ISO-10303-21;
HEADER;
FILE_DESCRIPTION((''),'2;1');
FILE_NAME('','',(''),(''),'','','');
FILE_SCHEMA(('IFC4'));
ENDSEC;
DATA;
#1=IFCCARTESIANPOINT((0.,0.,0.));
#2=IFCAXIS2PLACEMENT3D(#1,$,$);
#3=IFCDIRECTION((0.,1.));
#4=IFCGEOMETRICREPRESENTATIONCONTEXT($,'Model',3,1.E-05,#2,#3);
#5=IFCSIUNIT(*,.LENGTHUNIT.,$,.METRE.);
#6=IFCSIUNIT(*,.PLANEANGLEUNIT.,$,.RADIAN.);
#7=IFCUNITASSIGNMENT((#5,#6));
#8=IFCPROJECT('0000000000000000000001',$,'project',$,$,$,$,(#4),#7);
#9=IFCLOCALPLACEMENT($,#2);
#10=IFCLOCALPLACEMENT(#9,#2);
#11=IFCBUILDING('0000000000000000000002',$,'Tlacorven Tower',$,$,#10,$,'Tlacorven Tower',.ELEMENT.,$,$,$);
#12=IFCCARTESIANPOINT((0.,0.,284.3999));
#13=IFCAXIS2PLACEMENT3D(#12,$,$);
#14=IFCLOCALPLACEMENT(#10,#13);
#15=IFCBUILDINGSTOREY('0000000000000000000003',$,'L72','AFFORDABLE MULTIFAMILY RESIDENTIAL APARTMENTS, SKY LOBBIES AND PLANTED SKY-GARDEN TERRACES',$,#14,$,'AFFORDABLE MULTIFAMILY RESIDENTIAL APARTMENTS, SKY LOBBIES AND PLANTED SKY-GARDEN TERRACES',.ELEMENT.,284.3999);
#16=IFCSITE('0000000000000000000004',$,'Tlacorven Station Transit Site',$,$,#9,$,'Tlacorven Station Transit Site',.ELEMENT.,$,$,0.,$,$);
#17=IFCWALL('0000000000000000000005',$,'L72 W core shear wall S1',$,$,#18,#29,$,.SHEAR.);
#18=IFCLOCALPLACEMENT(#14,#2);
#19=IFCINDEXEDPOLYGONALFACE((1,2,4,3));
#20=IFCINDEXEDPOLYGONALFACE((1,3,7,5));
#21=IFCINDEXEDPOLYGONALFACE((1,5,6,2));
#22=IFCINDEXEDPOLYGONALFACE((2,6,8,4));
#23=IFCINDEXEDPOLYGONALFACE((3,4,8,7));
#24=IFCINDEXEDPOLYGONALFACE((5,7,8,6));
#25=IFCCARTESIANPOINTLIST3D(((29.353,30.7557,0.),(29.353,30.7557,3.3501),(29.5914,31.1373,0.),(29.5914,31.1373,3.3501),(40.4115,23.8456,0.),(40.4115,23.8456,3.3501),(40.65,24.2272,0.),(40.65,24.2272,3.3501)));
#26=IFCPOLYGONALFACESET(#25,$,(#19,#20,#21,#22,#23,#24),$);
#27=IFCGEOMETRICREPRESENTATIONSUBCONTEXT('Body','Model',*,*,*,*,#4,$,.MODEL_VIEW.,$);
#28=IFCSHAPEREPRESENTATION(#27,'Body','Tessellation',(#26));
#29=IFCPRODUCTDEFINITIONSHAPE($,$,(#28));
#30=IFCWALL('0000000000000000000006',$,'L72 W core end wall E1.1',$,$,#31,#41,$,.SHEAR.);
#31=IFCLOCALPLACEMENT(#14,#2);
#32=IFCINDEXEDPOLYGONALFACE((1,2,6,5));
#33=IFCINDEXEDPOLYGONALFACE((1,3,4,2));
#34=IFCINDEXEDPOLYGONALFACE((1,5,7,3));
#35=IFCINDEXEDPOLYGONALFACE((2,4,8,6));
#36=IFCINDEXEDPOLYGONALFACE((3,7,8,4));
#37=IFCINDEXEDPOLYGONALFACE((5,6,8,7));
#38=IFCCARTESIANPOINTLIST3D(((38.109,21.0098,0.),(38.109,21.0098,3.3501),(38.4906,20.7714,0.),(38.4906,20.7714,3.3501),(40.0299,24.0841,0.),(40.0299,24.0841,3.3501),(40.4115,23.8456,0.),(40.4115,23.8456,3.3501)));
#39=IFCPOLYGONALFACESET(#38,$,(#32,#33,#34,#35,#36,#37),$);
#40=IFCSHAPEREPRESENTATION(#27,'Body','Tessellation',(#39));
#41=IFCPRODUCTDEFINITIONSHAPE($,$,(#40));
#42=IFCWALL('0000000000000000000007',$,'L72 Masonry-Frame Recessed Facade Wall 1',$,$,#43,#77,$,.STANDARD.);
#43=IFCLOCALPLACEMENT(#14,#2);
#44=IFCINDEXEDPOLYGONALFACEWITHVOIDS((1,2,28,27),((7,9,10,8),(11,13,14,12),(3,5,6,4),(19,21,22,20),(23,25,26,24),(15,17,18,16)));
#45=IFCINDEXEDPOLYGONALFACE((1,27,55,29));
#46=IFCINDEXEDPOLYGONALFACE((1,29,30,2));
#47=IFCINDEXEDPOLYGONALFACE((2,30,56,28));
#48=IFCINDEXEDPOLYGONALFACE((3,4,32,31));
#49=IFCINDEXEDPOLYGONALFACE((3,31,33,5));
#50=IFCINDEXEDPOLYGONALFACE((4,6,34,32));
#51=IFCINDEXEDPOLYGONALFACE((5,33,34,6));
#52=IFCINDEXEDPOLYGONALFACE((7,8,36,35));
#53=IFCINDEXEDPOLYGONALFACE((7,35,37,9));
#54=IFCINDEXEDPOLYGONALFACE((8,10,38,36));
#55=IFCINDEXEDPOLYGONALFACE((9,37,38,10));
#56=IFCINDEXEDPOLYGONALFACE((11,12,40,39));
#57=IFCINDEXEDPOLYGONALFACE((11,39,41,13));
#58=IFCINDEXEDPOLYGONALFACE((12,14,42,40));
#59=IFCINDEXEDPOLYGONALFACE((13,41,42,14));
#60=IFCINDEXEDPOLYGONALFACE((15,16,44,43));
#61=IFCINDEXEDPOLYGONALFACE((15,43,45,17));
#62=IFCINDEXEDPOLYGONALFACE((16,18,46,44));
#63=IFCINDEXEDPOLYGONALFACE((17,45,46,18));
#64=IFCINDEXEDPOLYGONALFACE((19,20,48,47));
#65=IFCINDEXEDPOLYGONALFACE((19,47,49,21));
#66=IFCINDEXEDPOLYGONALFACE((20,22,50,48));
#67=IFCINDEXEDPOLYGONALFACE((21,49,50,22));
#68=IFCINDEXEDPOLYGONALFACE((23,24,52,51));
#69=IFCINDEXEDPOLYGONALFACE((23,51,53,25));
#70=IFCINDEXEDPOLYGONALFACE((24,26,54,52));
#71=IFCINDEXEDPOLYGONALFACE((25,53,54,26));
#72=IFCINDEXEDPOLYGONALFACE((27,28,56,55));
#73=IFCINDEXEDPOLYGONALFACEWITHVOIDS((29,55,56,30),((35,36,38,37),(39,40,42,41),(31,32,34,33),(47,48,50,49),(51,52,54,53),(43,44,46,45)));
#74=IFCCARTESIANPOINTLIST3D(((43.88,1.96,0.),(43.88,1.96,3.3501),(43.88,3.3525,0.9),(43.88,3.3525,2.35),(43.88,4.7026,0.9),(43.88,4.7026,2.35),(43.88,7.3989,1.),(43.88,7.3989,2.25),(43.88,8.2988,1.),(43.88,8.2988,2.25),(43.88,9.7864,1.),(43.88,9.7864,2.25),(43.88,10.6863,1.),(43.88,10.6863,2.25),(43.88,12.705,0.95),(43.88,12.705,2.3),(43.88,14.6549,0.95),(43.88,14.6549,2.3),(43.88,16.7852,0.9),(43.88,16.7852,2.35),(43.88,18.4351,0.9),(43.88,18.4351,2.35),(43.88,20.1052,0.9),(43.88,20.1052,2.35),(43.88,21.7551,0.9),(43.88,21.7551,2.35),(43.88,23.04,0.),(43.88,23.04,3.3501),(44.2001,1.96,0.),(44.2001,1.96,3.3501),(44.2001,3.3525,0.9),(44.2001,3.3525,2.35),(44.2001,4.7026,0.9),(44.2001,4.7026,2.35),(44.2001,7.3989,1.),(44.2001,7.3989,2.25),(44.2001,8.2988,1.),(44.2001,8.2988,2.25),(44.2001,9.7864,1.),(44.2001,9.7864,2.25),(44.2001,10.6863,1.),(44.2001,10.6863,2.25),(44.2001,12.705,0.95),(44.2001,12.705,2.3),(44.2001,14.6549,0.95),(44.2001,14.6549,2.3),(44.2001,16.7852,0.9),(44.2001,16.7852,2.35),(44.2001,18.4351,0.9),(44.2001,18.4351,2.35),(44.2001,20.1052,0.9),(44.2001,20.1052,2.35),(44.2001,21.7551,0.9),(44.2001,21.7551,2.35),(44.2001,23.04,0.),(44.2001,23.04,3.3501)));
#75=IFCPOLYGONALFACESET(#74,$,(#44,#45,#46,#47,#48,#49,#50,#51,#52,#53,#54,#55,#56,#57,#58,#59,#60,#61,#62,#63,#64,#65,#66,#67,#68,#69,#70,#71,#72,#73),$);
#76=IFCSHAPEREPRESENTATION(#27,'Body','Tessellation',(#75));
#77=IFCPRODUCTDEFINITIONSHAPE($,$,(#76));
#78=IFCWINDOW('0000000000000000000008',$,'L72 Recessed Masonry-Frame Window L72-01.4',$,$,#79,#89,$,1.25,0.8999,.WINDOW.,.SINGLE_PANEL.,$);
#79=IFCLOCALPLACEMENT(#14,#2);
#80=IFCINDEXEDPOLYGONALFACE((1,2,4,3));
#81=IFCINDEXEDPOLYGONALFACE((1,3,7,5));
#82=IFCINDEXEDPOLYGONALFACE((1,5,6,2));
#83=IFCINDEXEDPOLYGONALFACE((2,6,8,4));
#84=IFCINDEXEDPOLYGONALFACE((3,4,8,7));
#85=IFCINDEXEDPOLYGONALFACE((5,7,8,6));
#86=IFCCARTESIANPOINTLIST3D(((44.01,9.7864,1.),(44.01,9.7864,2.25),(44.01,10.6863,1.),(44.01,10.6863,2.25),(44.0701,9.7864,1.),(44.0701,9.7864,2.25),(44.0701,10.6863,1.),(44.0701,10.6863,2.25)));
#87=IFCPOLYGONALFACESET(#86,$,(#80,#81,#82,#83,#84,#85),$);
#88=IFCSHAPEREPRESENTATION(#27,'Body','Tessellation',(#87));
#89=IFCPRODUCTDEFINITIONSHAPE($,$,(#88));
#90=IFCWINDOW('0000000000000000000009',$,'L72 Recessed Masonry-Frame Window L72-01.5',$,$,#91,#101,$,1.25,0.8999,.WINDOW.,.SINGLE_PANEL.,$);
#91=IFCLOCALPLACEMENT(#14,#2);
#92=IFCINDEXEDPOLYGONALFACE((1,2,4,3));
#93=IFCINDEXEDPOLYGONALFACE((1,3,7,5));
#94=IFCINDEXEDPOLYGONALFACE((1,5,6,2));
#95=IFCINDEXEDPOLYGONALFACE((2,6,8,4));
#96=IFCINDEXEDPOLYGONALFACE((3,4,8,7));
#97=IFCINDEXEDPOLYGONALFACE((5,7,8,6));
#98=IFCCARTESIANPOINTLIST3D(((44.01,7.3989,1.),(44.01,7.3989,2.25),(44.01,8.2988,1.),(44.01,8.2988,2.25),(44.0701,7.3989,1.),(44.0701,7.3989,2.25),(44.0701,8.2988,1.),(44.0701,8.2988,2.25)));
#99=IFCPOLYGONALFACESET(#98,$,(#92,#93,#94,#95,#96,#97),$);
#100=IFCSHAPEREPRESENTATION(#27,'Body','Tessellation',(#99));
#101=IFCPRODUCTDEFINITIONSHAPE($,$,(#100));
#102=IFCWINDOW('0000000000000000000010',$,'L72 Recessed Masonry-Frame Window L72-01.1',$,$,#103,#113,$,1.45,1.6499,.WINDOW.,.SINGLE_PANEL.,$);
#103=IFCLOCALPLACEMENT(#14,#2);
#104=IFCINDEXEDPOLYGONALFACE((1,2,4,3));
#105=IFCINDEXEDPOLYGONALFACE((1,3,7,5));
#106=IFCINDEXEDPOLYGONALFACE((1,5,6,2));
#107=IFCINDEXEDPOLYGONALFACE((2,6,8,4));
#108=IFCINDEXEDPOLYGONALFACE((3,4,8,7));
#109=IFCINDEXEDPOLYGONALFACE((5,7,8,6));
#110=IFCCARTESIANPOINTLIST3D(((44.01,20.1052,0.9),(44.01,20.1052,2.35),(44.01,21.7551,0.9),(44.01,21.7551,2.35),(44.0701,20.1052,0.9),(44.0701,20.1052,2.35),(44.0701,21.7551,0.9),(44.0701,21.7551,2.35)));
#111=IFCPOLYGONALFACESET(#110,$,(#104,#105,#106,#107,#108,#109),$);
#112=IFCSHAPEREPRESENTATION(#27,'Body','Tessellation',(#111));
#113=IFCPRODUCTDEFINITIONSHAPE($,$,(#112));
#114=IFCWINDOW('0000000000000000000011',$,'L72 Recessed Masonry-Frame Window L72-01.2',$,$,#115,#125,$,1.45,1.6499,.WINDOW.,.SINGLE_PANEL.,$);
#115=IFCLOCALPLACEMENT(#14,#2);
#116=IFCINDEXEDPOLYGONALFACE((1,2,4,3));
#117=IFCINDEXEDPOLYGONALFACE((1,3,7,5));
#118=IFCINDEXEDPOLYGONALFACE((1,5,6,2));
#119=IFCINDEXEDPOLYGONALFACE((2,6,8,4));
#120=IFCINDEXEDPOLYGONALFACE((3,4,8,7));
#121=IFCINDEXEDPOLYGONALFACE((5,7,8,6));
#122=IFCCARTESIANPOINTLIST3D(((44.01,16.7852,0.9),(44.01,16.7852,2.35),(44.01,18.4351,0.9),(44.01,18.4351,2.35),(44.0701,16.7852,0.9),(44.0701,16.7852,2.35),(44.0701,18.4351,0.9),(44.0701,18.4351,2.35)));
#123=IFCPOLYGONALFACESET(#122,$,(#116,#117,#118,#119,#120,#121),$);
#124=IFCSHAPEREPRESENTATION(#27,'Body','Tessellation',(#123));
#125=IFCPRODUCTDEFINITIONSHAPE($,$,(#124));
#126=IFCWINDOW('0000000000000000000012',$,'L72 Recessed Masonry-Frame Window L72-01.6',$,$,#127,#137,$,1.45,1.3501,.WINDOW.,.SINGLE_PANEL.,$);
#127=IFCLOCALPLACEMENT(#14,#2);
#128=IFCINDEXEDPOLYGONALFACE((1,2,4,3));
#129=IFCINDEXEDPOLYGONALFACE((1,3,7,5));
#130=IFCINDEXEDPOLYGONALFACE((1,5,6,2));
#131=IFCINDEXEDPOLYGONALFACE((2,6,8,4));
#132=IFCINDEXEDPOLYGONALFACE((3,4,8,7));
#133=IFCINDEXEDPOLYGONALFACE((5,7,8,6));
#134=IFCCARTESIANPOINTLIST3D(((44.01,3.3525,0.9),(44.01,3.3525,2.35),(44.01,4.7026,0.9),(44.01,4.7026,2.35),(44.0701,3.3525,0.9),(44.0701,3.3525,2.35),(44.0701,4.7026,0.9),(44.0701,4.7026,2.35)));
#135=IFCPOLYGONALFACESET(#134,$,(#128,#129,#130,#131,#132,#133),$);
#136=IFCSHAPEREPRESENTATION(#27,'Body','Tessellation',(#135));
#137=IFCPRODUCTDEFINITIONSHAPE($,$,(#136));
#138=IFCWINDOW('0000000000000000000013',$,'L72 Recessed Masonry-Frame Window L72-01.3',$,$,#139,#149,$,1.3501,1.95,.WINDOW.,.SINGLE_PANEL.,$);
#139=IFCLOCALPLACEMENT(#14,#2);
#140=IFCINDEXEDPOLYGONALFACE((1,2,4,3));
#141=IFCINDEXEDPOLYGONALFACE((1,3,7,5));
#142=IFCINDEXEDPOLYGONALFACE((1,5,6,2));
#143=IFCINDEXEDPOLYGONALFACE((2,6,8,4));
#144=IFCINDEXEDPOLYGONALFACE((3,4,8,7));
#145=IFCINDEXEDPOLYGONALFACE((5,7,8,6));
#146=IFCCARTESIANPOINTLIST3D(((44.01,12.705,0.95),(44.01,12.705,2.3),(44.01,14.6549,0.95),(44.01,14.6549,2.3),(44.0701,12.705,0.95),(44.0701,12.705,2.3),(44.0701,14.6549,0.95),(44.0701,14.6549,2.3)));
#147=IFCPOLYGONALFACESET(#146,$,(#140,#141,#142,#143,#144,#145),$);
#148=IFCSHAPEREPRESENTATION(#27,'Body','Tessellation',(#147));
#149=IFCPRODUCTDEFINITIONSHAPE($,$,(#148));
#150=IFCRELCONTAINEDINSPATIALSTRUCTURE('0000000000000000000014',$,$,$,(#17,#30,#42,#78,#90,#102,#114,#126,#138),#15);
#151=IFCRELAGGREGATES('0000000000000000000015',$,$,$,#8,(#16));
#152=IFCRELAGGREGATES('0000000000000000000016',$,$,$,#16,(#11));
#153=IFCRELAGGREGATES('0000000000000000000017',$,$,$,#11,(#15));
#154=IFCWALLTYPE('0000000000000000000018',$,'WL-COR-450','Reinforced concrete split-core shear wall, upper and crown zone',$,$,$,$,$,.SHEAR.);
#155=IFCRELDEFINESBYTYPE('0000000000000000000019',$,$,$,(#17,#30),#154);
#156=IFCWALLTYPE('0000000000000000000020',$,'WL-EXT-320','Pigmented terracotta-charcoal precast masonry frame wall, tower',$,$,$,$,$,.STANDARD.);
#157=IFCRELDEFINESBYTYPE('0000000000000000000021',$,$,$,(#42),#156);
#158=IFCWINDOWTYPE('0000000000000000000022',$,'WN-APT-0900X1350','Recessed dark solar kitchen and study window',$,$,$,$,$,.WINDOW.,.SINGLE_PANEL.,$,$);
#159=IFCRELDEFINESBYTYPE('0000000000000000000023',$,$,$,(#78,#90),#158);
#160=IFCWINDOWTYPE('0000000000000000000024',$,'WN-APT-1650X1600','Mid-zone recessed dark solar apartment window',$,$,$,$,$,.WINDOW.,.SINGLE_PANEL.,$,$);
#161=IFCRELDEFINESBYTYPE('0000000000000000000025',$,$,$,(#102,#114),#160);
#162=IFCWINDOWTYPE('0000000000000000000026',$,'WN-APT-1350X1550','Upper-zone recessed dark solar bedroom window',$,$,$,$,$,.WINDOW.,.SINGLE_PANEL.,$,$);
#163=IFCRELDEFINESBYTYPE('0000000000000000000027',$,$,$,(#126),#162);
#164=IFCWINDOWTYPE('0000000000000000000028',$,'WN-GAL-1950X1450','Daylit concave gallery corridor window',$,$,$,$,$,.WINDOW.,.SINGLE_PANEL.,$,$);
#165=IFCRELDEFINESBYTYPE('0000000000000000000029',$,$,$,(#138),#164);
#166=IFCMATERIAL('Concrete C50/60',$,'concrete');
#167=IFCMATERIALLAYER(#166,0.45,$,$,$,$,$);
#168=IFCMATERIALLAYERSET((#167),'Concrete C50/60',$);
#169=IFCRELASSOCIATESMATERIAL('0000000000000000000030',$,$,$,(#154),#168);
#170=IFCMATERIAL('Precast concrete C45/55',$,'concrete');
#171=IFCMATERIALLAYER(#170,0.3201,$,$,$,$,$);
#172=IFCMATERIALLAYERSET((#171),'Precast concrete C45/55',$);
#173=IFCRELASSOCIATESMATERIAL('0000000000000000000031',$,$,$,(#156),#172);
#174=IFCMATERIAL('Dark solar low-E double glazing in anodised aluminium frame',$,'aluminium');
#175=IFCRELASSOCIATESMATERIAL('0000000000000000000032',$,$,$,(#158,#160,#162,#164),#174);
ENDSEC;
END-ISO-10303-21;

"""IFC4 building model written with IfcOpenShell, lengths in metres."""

from ifc_helpers import new_model, si_unit, direction, frame, frame_2d, origin, place, context, subcontext, project, spatial, rectangle, extrude, source, transform, mapped, material, layer, layer_set, type_object, element, fill, save


model = new_model("IFC4")

# Units and contexts
model_context = context("Model", 3, precision=1e-05, world=origin(), true_north=direction((0.0, 1.0)))
body_context = subcontext(model_context, "Body", "Model", "MODEL_VIEW")
ifc_project = project(units=[si_unit("LENGTHUNIT", "METRE"), si_unit("PLANEANGLEUNIT", "RADIAN")], contexts=[model_context])

# Site, building, storey
site_placement = place(None, origin())
site = spatial("IfcSite", under=ifc_project, at=site_placement, Name="Tlacorven Station Transit Site", LongName="Tlacorven Station Transit Site", CompositionType="ELEMENT", RefElevation=0.0)
building_placement = place(site_placement, origin())
building = spatial("IfcBuilding", under=site, at=building_placement, Name="Tlacorven Tower", LongName="Tlacorven Tower", CompositionType="ELEMENT")
storey_placement = place(building_placement, frame((0.0, 0.0, 284.3999)))
storey = spatial("IfcBuildingStorey", under=building, at=storey_placement, Name="L72", Description="AFFORDABLE MULTIFAMILY RESIDENTIAL APARTMENTS, SKY LOBBIES AND PLANTED SKY-GARDEN TERRACES", LongName="AFFORDABLE MULTIFAMILY RESIDENTIAL APARTMENTS, SKY LOBBIES AND PLANTED SKY-GARDEN TERRACES", CompositionType="ELEMENT", Elevation=284.3999)

# Walls
ifc_material_1 = material(Name="Concrete C50/60", Category="concrete")
ifc_layer_1 = layer(ifc_material_1, 0.45)
ifc_layer_set_1 = layer_set([ifc_layer_1], Name="Concrete C50/60")
wall_type_1 = type_object("IfcWallType", Name="WL-COR-450", Description="Reinforced concrete split-core shear wall, upper and crown zone", PredefinedType="SHEAR", material=ifc_layer_set_1)
wall_1_placement = place(storey_placement, frame((40.5308, 24.0364, 0.0), z_axis=(0.0, 0.0, 1.0), x_axis=(-0.848049, 0.529918, 0.0)))
element("IfcWall", 1, at=wall_1_placement, inside=storey, type_object=wall_type_1, Name="L72 W core shear wall S1", PredefinedType="SHEAR", context=body_context, shape_type="SweptSolid", body=[
    extrude(rectangle(XDim=13.04, YDim=0.45, at=frame_2d((6.52, 0.0))), origin(), (0.0, 0.0, 1.0), 3.3501),
])
wall_2_placement = place(storey_placement, frame((40.2207, 23.9648, 0.0), z_axis=(0.0, 0.0, 1.0), x_axis=(-0.529902, -0.848059, 0.0)))
element("IfcWall", 2, at=wall_2_placement, inside=storey, type_object=wall_type_1, Name="L72 W core end wall E1.1", PredefinedType="SHEAR", context=body_context, shape_type="SweptSolid", body=[
    extrude(rectangle(XDim=3.625, YDim=0.45, at=frame_2d((1.8125, 0.0))), origin(), (0.0, 0.0, 1.0), 3.3501),
])

# Wall, openings, windows
ifc_material_2 = material(Name="Precast concrete C45/55", Category="concrete")
ifc_layer_2 = layer(ifc_material_2, 0.3201)
ifc_layer_set_2 = layer_set([ifc_layer_2], Name="Precast concrete C45/55")
wall_type_2 = type_object("IfcWallType", Name="WL-EXT-320", Description="Pigmented terracotta-charcoal precast masonry frame wall, tower", PredefinedType="STANDARD", material=ifc_layer_set_2)
wall_3_placement = place(storey_placement, frame((44.04, 23.04, 0.0), z_axis=(0.0, 0.0, 1.0), x_axis=(0.0, -1.0, 0.0)))
wall_3 = element("IfcWall", 3, at=wall_3_placement, inside=storey, type_object=wall_type_2, Name="L72 Masonry-Frame Recessed Facade Wall 1", PredefinedType="STANDARD", context=body_context, shape_type="SweptSolid", body=[
    extrude(rectangle(XDim=21.0801, YDim=0.3201, at=frame_2d((10.54, 0.0))), origin(), (0.0, 0.0, 1.0), 3.3501),
])
opening_1_placement = place(wall_3_placement, frame((1.2849, 0.0, 0.8999)))
opening_1 = element("IfcOpeningElement", 4, at=opening_1_placement, cuts=wall_3, PredefinedType="OPENING", context=body_context, shape_type="SweptSolid", body=[
    extrude(rectangle(XDim=1.6499, YDim=1.45, at=frame_2d((0.825, 0.7251))), frame((0.0, 0.1699, 0.0), z_axis=(0.0, -1.0, 0.0), x_axis=(1.0, 0.0, 0.0)), (0.0, 0.0, 1.0), 0.3401),
])
opening_2_placement = place(wall_3_placement, frame((4.605, 0.0, 0.8999)))
opening_2 = element("IfcOpeningElement", 5, at=opening_2_placement, cuts=wall_3, PredefinedType="OPENING", context=body_context, shape_type="SweptSolid", body=[
    extrude(rectangle(XDim=1.6499, YDim=1.45, at=frame_2d((0.825, 0.7251))), frame((0.0, 0.1699, 0.0), z_axis=(0.0, -1.0, 0.0), x_axis=(1.0, 0.0, 0.0)), (0.0, 0.0, 1.0), 0.3401),
])
opening_3_placement = place(wall_3_placement, frame((8.385, 0.0, 0.95)))
opening_3 = element("IfcOpeningElement", 6, at=opening_3_placement, cuts=wall_3, PredefinedType="OPENING", context=body_context, shape_type="SweptSolid", body=[
    extrude(rectangle(XDim=1.95, YDim=1.3501, at=frame_2d((0.9751, 0.675))), frame((0.0, 0.1699, 0.0), z_axis=(0.0, -1.0, 0.0), x_axis=(1.0, 0.0, 0.0)), (0.0, 0.0, 1.0), 0.3401),
])
opening_4_placement = place(wall_3_placement, frame((12.3538, 0.0, 1.0)))
opening_4 = element("IfcOpeningElement", 7, at=opening_4_placement, cuts=wall_3, PredefinedType="OPENING", context=body_context, shape_type="SweptSolid", body=[
    extrude(rectangle(XDim=0.8999, YDim=1.25, at=frame_2d((0.45, 0.625))), frame((0.0, 0.1699, 0.0), z_axis=(0.0, -1.0, 0.0), x_axis=(1.0, 0.0, 0.0)), (0.0, 0.0, 1.0), 0.3401),
])
opening_5_placement = place(wall_3_placement, frame((14.7412, 0.0, 1.0)))
opening_5 = element("IfcOpeningElement", 8, at=opening_5_placement, cuts=wall_3, PredefinedType="OPENING", context=body_context, shape_type="SweptSolid", body=[
    extrude(rectangle(XDim=0.8999, YDim=1.25, at=frame_2d((0.45, 0.625))), frame((0.0, 0.1699, 0.0), z_axis=(0.0, -1.0, 0.0), x_axis=(1.0, 0.0, 0.0)), (0.0, 0.0, 1.0), 0.3401),
])
opening_6_placement = place(wall_3_placement, frame((18.3374, 0.0, 0.8999)))
opening_6 = element("IfcOpeningElement", 9, at=opening_6_placement, cuts=wall_3, PredefinedType="OPENING", context=body_context, shape_type="SweptSolid", body=[
    extrude(rectangle(XDim=1.3501, YDim=1.45, at=frame_2d((0.675, 0.7251))), frame((0.0, 0.1699, 0.0), z_axis=(0.0, -1.0, 0.0), x_axis=(1.0, 0.0, 0.0)), (0.0, 0.0, 1.0), 0.3401),
])
ifc_material_3 = material(Name="Dark solar low-E double glazing in anodised aluminium frame", Category="aluminium")
window_type_1 = type_object("IfcWindowType", Name="WN-APT-0900X1350", Description="Recessed dark solar kitchen and study window", PartitioningType="SINGLE_PANEL", PredefinedType="WINDOW", material=ifc_material_3)
shared_shape_1 = source(origin(), body_context, "Body", "SweptSolid", [
    extrude(rectangle(XDim=0.8999, YDim=1.25, at=frame_2d((0.45, 0.625))), frame((0.0, 0.03, 0.0), z_axis=(0.0, -1.0, 0.0), x_axis=(1.0, 0.0, 0.0)), (0.0, 0.0, 1.0), 0.0601),
])
window_1_placement = place(opening_4_placement, origin())
window_1 = element("IfcWindow", 10, at=window_1_placement, inside=storey, type_object=window_type_1, Name="L72 Recessed Masonry-Frame Window L72-01.4", OverallHeight=1.25, OverallWidth=0.8999, PartitioningType="SINGLE_PANEL", PredefinedType="WINDOW", context=body_context, shape_type="MappedRepresentation", body=[
    mapped(shared_shape_1, transform((0.0, 0.0, 0.0), scale=1.0)),
])
fill(opening_4, window_1)
window_2_placement = place(opening_5_placement, origin())
window_2 = element("IfcWindow", 11, at=window_2_placement, inside=storey, type_object=window_type_1, Name="L72 Recessed Masonry-Frame Window L72-01.5", OverallHeight=1.25, OverallWidth=0.8999, PartitioningType="SINGLE_PANEL", PredefinedType="WINDOW", context=body_context, shape_type="MappedRepresentation", body=[
    mapped(shared_shape_1, transform((0.0, 0.0, 0.0), scale=1.0)),
])
fill(opening_5, window_2)
window_type_2 = type_object("IfcWindowType", Name="WN-APT-1650X1600", Description="Mid-zone recessed dark solar apartment window", PartitioningType="SINGLE_PANEL", PredefinedType="WINDOW", material=ifc_material_3)
shared_shape_2 = source(origin(), body_context, "Body", "SweptSolid", [
    extrude(rectangle(XDim=1.6499, YDim=1.45, at=frame_2d((0.825, 0.7251))), frame((0.0, 0.03, 0.0), z_axis=(0.0, -1.0, 0.0), x_axis=(1.0, 0.0, 0.0)), (0.0, 0.0, 1.0), 0.0601),
])
window_3_placement = place(opening_1_placement, origin())
window_3 = element("IfcWindow", 12, at=window_3_placement, inside=storey, type_object=window_type_2, Name="L72 Recessed Masonry-Frame Window L72-01.1", OverallHeight=1.45, OverallWidth=1.6499, PartitioningType="SINGLE_PANEL", PredefinedType="WINDOW", context=body_context, shape_type="MappedRepresentation", body=[
    mapped(shared_shape_2, transform((0.0, 0.0, 0.0), scale=1.0)),
])
fill(opening_1, window_3)
window_4_placement = place(opening_2_placement, origin())
window_4 = element("IfcWindow", 13, at=window_4_placement, inside=storey, type_object=window_type_2, Name="L72 Recessed Masonry-Frame Window L72-01.2", OverallHeight=1.45, OverallWidth=1.6499, PartitioningType="SINGLE_PANEL", PredefinedType="WINDOW", context=body_context, shape_type="MappedRepresentation", body=[
    mapped(shared_shape_2, transform((0.0, 0.0, 0.0), scale=1.0)),
])
fill(opening_2, window_4)
window_type_3 = type_object("IfcWindowType", Name="WN-APT-1350X1550", Description="Upper-zone recessed dark solar bedroom window", PartitioningType="SINGLE_PANEL", PredefinedType="WINDOW", material=ifc_material_3)
shared_shape_3 = source(origin(), body_context, "Body", "SweptSolid", [
    extrude(rectangle(XDim=1.3501, YDim=1.45, at=frame_2d((0.675, 0.7251))), frame((0.0, 0.03, 0.0), z_axis=(0.0, -1.0, 0.0), x_axis=(1.0, 0.0, 0.0)), (0.0, 0.0, 1.0), 0.0601),
])
window_5_placement = place(opening_6_placement, origin())
window_5 = element("IfcWindow", 14, at=window_5_placement, inside=storey, type_object=window_type_3, Name="L72 Recessed Masonry-Frame Window L72-01.6", OverallHeight=1.45, OverallWidth=1.3501, PartitioningType="SINGLE_PANEL", PredefinedType="WINDOW", context=body_context, shape_type="MappedRepresentation", body=[
    mapped(shared_shape_3, transform((0.0, 0.0, 0.0), scale=1.0)),
])
fill(opening_6, window_5)
window_type_4 = type_object("IfcWindowType", Name="WN-GAL-1950X1450", Description="Daylit concave gallery corridor window", PartitioningType="SINGLE_PANEL", PredefinedType="WINDOW", material=ifc_material_3)
shared_shape_4 = source(origin(), body_context, "Body", "SweptSolid", [
    extrude(rectangle(XDim=1.95, YDim=1.3501, at=frame_2d((0.9751, 0.675))), frame((0.0, 0.03, 0.0), z_axis=(0.0, -1.0, 0.0), x_axis=(1.0, 0.0, 0.0)), (0.0, 0.0, 1.0), 0.0601),
])
window_6_placement = place(opening_3_placement, origin())
window_6 = element("IfcWindow", 15, at=window_6_placement, inside=storey, type_object=window_type_4, Name="L72 Recessed Masonry-Frame Window L72-01.3", OverallHeight=1.3501, OverallWidth=1.95, PartitioningType="SINGLE_PANEL", PredefinedType="WINDOW", context=body_context, shape_type="MappedRepresentation", body=[
    mapped(shared_shape_4, transform((0.0, 0.0, 0.0), scale=1.0)),
])
fill(opening_3, window_6)

save(model, "model.ifc")
